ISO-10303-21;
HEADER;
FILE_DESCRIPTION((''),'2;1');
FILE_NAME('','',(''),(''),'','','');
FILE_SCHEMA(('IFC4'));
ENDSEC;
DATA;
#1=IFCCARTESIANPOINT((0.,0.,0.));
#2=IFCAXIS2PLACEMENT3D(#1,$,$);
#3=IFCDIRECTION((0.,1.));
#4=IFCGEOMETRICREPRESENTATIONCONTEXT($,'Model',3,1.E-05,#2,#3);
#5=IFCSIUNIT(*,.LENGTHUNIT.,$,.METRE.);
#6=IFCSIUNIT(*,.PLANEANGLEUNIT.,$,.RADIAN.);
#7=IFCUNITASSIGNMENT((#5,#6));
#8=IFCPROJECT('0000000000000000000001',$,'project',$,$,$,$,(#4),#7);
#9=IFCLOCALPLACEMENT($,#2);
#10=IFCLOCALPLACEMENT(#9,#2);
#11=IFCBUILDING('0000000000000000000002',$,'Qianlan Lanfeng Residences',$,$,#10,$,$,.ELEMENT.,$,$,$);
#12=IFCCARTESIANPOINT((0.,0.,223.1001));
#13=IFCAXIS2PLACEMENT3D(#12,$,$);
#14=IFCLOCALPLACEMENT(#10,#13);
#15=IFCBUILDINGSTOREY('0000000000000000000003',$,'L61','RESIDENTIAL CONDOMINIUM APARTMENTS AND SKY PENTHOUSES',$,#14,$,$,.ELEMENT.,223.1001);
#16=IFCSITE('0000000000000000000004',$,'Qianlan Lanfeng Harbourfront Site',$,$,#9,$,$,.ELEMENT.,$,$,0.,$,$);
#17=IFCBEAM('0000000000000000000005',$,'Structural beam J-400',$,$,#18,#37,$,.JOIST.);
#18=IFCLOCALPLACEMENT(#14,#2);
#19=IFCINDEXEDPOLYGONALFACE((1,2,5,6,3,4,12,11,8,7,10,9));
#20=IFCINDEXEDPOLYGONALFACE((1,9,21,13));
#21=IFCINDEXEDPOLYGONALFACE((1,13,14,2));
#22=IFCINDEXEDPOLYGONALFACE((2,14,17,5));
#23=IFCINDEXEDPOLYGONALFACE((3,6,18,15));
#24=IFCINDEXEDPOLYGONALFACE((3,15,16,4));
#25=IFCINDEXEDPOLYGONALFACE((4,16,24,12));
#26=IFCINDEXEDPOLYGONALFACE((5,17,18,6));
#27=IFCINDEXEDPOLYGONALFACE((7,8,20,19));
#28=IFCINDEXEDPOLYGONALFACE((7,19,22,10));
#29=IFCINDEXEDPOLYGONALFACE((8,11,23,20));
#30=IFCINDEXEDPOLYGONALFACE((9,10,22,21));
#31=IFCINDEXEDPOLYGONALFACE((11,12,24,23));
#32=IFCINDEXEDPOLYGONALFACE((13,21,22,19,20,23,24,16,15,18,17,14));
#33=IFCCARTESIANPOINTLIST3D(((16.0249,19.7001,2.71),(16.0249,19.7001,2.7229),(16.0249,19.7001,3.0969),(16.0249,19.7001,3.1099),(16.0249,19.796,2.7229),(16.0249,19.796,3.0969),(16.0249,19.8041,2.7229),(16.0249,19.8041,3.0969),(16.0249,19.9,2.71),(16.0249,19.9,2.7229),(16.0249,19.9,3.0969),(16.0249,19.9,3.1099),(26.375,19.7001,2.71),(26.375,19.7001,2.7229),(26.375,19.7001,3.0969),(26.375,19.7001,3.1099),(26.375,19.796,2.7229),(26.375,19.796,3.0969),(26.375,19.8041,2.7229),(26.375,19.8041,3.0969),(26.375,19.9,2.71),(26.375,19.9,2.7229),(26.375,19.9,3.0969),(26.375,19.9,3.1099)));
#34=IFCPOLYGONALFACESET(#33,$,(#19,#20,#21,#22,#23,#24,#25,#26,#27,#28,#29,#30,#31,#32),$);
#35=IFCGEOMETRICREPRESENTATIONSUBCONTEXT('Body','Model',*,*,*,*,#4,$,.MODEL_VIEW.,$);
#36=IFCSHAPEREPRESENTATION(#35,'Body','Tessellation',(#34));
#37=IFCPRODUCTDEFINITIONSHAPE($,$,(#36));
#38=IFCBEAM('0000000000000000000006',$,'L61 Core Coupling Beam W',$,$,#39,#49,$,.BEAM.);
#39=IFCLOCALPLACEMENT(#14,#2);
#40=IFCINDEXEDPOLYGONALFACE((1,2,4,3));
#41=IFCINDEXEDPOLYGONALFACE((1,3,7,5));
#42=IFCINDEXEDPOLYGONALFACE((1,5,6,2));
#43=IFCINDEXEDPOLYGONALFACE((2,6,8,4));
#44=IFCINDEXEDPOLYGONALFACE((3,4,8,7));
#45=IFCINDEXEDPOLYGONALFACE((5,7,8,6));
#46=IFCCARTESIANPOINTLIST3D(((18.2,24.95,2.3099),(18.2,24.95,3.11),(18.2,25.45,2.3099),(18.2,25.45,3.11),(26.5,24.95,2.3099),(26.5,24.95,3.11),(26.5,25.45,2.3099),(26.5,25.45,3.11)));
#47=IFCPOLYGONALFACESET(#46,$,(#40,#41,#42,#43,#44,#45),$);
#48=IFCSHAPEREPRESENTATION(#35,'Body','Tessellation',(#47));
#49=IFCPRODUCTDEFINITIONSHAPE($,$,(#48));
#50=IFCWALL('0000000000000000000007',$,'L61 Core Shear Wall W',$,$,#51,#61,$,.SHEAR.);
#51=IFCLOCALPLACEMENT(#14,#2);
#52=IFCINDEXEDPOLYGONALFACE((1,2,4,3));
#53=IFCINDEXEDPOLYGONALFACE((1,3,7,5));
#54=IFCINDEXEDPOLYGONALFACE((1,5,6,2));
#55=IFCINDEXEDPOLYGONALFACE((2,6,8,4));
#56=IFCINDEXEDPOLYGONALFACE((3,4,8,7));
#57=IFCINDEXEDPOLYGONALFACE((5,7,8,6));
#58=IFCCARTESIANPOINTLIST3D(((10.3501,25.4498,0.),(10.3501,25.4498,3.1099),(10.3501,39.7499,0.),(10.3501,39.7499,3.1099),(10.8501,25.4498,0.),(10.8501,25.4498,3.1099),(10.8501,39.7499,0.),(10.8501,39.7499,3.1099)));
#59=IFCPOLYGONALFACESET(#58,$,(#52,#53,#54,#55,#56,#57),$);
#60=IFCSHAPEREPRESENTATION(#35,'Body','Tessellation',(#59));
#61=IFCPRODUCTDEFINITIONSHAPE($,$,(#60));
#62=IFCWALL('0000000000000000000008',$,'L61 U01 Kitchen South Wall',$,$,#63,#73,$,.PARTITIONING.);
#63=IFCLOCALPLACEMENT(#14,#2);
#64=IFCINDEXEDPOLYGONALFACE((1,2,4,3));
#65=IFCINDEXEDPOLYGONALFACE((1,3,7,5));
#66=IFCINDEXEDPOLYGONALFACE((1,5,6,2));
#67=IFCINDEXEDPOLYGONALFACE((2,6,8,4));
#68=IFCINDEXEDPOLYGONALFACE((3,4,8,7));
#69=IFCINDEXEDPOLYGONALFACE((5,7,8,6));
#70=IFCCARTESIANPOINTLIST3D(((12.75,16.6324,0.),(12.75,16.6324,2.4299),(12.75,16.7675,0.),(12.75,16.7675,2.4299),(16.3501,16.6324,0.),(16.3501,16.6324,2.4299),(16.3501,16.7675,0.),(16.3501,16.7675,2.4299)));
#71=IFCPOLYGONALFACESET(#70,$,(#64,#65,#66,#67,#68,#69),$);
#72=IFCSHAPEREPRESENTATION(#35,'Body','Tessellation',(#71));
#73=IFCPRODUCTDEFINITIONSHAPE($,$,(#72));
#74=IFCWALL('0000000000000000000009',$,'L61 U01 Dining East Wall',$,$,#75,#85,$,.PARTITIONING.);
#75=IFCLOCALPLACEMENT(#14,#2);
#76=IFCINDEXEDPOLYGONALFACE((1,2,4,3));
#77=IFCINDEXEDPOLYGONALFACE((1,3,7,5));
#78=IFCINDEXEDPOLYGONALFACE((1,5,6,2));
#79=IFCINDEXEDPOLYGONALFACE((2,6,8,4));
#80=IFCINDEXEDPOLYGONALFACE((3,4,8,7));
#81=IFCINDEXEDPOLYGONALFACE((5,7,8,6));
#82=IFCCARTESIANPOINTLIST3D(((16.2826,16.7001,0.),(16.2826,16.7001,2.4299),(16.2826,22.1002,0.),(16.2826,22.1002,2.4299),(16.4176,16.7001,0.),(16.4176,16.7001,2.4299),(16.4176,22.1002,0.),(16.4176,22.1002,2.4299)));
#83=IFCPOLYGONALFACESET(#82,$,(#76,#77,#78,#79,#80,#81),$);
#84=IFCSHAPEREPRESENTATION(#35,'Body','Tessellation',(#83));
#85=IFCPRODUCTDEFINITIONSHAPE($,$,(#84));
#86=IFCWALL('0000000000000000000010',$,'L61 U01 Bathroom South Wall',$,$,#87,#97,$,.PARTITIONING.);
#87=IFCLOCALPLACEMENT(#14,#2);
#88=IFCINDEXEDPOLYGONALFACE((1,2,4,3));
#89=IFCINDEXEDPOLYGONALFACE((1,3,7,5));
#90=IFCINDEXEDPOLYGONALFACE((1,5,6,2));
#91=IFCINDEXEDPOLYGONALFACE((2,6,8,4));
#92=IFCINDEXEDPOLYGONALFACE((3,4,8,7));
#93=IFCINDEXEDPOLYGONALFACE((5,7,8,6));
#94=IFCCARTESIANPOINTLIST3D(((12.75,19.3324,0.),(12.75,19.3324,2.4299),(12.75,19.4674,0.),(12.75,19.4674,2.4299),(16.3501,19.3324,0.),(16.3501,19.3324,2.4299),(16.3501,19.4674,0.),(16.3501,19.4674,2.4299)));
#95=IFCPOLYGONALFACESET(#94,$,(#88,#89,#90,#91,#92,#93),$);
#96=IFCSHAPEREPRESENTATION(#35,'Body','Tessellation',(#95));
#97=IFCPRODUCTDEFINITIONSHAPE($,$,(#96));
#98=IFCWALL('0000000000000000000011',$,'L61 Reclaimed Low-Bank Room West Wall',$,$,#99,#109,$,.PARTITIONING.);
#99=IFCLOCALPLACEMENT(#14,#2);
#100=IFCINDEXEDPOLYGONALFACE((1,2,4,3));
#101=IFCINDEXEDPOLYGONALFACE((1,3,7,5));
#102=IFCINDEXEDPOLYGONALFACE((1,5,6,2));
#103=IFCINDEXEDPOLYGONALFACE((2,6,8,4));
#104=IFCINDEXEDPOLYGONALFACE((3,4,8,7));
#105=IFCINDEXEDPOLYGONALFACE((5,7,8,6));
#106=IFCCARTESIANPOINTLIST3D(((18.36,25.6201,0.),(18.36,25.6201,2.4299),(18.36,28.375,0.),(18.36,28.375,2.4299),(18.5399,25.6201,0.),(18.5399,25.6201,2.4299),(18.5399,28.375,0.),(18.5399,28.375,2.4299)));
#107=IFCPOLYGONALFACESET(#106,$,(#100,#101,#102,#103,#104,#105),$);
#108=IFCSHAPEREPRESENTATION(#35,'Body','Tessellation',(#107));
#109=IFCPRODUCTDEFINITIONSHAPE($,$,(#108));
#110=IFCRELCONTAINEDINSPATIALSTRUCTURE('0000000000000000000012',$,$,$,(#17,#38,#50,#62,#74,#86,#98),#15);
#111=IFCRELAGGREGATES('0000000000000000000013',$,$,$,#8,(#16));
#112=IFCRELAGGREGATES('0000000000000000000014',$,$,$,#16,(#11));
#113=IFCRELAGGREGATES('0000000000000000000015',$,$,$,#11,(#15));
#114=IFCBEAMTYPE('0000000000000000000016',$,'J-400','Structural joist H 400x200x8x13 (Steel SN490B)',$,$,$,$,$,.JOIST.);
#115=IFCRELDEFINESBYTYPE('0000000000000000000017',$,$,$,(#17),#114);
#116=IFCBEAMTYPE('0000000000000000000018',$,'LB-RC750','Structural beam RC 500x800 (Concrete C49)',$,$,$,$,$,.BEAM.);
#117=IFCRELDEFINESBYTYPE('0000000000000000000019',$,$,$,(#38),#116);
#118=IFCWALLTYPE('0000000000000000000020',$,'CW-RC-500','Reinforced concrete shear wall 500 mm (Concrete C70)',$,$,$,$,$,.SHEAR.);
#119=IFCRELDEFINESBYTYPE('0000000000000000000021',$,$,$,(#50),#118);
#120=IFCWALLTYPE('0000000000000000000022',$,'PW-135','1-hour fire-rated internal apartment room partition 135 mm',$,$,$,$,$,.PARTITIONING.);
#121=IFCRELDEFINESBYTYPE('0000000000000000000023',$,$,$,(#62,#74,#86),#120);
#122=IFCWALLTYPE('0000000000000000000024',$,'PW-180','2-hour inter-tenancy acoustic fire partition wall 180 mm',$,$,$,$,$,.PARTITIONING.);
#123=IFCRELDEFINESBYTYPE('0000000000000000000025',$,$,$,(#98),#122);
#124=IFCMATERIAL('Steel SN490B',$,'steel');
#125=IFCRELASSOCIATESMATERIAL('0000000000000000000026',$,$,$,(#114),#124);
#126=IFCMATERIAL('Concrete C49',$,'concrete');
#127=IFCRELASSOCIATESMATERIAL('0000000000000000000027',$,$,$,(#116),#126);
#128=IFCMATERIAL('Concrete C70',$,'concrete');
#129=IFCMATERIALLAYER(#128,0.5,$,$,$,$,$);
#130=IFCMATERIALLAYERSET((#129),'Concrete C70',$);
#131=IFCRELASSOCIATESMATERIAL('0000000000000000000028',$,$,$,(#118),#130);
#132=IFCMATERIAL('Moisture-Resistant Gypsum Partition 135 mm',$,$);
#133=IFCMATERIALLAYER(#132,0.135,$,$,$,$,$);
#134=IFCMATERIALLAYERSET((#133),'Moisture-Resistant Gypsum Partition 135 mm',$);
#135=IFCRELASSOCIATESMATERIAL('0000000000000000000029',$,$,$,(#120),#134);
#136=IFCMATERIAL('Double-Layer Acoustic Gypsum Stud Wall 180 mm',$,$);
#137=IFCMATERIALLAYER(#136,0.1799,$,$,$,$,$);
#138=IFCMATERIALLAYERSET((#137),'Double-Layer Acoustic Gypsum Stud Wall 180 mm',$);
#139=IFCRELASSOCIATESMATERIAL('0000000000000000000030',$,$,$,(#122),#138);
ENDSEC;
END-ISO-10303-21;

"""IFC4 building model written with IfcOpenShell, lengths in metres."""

from ifc_helpers import new_model, si_unit, direction, frame, frame_2d, origin, origin_2d, place, context, subcontext, project, spatial, rectangle, i_section, extrude, material, layer, layer_set, material_profile, profile_set, type_object, element, save


model = new_model("IFC4")

# Units and contexts
model_context = context("Model", 3, precision=1e-05, world=origin(), true_north=direction((0.0, 1.0)))
body_context = subcontext(model_context, "Body", "Model", "MODEL_VIEW")
ifc_project = project(units=[si_unit("LENGTHUNIT", "METRE"), si_unit("PLANEANGLEUNIT", "RADIAN")], contexts=[model_context])

# Site, building, storey
site_placement = place(None, origin())
site = spatial("IfcSite", under=ifc_project, at=site_placement, Name="Qianlan Lanfeng Harbourfront Site", CompositionType="ELEMENT", RefElevation=0.0)
building_placement = place(site_placement, origin())
building = spatial("IfcBuilding", under=site, at=building_placement, Name="Qianlan Lanfeng Residences", CompositionType="ELEMENT")
storey_placement = place(building_placement, frame((0.0, 0.0, 223.1001)))
storey = spatial("IfcBuildingStorey", under=building, at=storey_placement, Name="L61", Description="RESIDENTIAL CONDOMINIUM APARTMENTS AND SKY PENTHOUSES", CompositionType="ELEMENT", Elevation=223.1001)

# Shared definitions
ifc_material_1 = material(Name="Steel SN490B", Category="steel")

# Beams
ifc_material_profile_1 = material_profile(ifc_material_1, i_section(OverallWidth=0.2, OverallDepth=0.3999, WebThickness=0.0081, FlangeThickness=0.0129, at=origin_2d()), Name="H 400x200x8x13")
ifc_profile_set_1 = profile_set([ifc_material_profile_1], Name="Steel SN490B")
beam_type_1 = type_object("IfcBeamType", Name="J-400", Description="Structural joist H 400x200x8x13 (Steel SN490B)", PredefinedType="JOIST", material=ifc_profile_set_1)
beam_1_placement = place(storey_placement, frame((16.0249, 19.8, 2.9099), z_axis=(1.0, 0.0, 0.0), x_axis=(0.0, 1.0, 0.0)))
element("IfcBeam", 1, at=beam_1_placement, inside=storey, type_object=beam_type_1, Name="Structural beam J-400", PredefinedType="JOIST", context=body_context, shape_type="SweptSolid", body=[
    extrude(i_section(OverallWidth=0.2, OverallDepth=0.3999, WebThickness=0.0081, FlangeThickness=0.0129, at=origin_2d()), origin(), (0.0, 0.0, 1.0), 10.3501),
])
ifc_material_2 = material(Name="Concrete C49", Category="concrete")
ifc_material_profile_2 = material_profile(ifc_material_2, rectangle(XDim=0.5, YDim=0.8, at=origin_2d()), Name="RC 500x800")
ifc_profile_set_2 = profile_set([ifc_material_profile_2], Name="Concrete C49")
beam_type_2 = type_object("IfcBeamType", Name="LB-RC750", Description="Structural beam RC 500x800 (Concrete C49)", PredefinedType="BEAM", material=ifc_profile_set_2)
beam_2_placement = place(storey_placement, frame((18.2, 25.2, 2.71), z_axis=(1.0, 0.0, 0.0), x_axis=(0.0, 1.0, 0.0)))
element("IfcBeam", 2, at=beam_2_placement, inside=storey, type_object=beam_type_2, Name="L61 Core Coupling Beam W", PredefinedType="BEAM", context=body_context, shape_type="SweptSolid", body=[
    extrude(rectangle(XDim=0.5, YDim=0.8, at=origin_2d()), origin(), (0.0, 0.0, 1.0), 8.3),
])

# Walls
ifc_material_3 = material(Name="Concrete C70", Category="concrete")
ifc_layer_1 = layer(ifc_material_3, 0.5)
ifc_layer_set_1 = layer_set([ifc_layer_1], Name="Concrete C70")
wall_type_1 = type_object("IfcWallType", Name="CW-RC-500", Description="Reinforced concrete shear wall 500 mm (Concrete C70)", PredefinedType="SHEAR", material=ifc_layer_set_1)
wall_1_placement = place(storey_placement, frame((10.6001, 25.45, 0.0), z_axis=(0.0, 0.0, 1.0), x_axis=(0.0, 1.0, 0.0)))
element("IfcWall", 3, at=wall_1_placement, inside=storey, type_object=wall_type_1, Name="L61 Core Shear Wall W", PredefinedType="SHEAR", context=body_context, shape_type="SweptSolid", body=[
    extrude(rectangle(XDim=14.3, YDim=0.5, at=frame_2d((7.1499, 0.0))), origin(), (0.0, 0.0, 1.0), 3.1099),
])
ifc_material_4 = material(Name="Moisture-Resistant Gypsum Partition 135 mm")
ifc_layer_2 = layer(ifc_material_4, 0.135)
ifc_layer_set_2 = layer_set([ifc_layer_2], Name="Moisture-Resistant Gypsum Partition 135 mm")
wall_type_2 = type_object("IfcWallType", Name="PW-135", Description="1-hour fire-rated internal apartment room partition 135 mm", PredefinedType="PARTITIONING", material=ifc_layer_set_2)
wall_2_placement = place(storey_placement, frame((12.75, 16.7, 0.0), z_axis=(0.0, 0.0, 1.0), x_axis=(1.0, 0.0, 0.0)))
element("IfcWall", 4, at=wall_2_placement, inside=storey, type_object=wall_type_2, Name="L61 U01 Kitchen South Wall", PredefinedType="PARTITIONING", context=body_context, shape_type="SweptSolid", body=[
    extrude(rectangle(XDim=3.6001, YDim=0.135, at=frame_2d((1.8, 0.0))), origin(), (0.0, 0.0, 1.0), 2.4299),
])
wall_3_placement = place(storey_placement, frame((16.3501, 16.7, 0.0), z_axis=(0.0, 0.0, 1.0), x_axis=(0.0, 1.0, 0.0)))
element("IfcWall", 5, at=wall_3_placement, inside=storey, type_object=wall_type_2, Name="L61 U01 Dining East Wall", PredefinedType="PARTITIONING", context=body_context, shape_type="SweptSolid", body=[
    extrude(rectangle(XDim=5.4001, YDim=0.135, at=frame_2d((2.7002, 0.0))), origin(), (0.0, 0.0, 1.0), 2.4299),
])
wall_4_placement = place(storey_placement, frame((12.75, 19.3999, 0.0), z_axis=(0.0, 0.0, 1.0), x_axis=(1.0, 0.0, 0.0)))
element("IfcWall", 6, at=wall_4_placement, inside=storey, type_object=wall_type_2, Name="L61 U01 Bathroom South Wall", PredefinedType="PARTITIONING", context=body_context, shape_type="SweptSolid", body=[
    extrude(rectangle(XDim=3.6001, YDim=0.135, at=frame_2d((1.8, 0.0))), origin(), (0.0, 0.0, 1.0), 2.4299),
])

# Shared definitions
ifc_material_5 = material(Name="Double-Layer Acoustic Gypsum Stud Wall 180 mm")
ifc_layer_3 = layer(ifc_material_5, 0.1799)
ifc_layer_set_3 = layer_set([ifc_layer_3], Name="Double-Layer Acoustic Gypsum Stud Wall 180 mm")
wall_type_3 = type_object("IfcWallType", Name="PW-180", Description="2-hour inter-tenancy acoustic fire partition wall 180 mm", PredefinedType="PARTITIONING", material=ifc_layer_set_3)

# Wall
wall_5_placement = place(storey_placement, frame((18.45, 25.6201, 0.0), z_axis=(0.0, 0.0, 1.0), x_axis=(0.0, 1.0, 0.0)))
element("IfcWall", 7, at=wall_5_placement, inside=storey, type_object=wall_type_3, Name="L61 Reclaimed Low-Bank Room West Wall", PredefinedType="PARTITIONING", context=body_context, shape_type="SweptSolid", body=[
    extrude(rectangle(XDim=2.7549, YDim=0.1799, at=frame_2d((1.3774, 0.0))), origin(), (0.0, 0.0, 1.0), 2.4299),
])

save(model, "model.ifc")
